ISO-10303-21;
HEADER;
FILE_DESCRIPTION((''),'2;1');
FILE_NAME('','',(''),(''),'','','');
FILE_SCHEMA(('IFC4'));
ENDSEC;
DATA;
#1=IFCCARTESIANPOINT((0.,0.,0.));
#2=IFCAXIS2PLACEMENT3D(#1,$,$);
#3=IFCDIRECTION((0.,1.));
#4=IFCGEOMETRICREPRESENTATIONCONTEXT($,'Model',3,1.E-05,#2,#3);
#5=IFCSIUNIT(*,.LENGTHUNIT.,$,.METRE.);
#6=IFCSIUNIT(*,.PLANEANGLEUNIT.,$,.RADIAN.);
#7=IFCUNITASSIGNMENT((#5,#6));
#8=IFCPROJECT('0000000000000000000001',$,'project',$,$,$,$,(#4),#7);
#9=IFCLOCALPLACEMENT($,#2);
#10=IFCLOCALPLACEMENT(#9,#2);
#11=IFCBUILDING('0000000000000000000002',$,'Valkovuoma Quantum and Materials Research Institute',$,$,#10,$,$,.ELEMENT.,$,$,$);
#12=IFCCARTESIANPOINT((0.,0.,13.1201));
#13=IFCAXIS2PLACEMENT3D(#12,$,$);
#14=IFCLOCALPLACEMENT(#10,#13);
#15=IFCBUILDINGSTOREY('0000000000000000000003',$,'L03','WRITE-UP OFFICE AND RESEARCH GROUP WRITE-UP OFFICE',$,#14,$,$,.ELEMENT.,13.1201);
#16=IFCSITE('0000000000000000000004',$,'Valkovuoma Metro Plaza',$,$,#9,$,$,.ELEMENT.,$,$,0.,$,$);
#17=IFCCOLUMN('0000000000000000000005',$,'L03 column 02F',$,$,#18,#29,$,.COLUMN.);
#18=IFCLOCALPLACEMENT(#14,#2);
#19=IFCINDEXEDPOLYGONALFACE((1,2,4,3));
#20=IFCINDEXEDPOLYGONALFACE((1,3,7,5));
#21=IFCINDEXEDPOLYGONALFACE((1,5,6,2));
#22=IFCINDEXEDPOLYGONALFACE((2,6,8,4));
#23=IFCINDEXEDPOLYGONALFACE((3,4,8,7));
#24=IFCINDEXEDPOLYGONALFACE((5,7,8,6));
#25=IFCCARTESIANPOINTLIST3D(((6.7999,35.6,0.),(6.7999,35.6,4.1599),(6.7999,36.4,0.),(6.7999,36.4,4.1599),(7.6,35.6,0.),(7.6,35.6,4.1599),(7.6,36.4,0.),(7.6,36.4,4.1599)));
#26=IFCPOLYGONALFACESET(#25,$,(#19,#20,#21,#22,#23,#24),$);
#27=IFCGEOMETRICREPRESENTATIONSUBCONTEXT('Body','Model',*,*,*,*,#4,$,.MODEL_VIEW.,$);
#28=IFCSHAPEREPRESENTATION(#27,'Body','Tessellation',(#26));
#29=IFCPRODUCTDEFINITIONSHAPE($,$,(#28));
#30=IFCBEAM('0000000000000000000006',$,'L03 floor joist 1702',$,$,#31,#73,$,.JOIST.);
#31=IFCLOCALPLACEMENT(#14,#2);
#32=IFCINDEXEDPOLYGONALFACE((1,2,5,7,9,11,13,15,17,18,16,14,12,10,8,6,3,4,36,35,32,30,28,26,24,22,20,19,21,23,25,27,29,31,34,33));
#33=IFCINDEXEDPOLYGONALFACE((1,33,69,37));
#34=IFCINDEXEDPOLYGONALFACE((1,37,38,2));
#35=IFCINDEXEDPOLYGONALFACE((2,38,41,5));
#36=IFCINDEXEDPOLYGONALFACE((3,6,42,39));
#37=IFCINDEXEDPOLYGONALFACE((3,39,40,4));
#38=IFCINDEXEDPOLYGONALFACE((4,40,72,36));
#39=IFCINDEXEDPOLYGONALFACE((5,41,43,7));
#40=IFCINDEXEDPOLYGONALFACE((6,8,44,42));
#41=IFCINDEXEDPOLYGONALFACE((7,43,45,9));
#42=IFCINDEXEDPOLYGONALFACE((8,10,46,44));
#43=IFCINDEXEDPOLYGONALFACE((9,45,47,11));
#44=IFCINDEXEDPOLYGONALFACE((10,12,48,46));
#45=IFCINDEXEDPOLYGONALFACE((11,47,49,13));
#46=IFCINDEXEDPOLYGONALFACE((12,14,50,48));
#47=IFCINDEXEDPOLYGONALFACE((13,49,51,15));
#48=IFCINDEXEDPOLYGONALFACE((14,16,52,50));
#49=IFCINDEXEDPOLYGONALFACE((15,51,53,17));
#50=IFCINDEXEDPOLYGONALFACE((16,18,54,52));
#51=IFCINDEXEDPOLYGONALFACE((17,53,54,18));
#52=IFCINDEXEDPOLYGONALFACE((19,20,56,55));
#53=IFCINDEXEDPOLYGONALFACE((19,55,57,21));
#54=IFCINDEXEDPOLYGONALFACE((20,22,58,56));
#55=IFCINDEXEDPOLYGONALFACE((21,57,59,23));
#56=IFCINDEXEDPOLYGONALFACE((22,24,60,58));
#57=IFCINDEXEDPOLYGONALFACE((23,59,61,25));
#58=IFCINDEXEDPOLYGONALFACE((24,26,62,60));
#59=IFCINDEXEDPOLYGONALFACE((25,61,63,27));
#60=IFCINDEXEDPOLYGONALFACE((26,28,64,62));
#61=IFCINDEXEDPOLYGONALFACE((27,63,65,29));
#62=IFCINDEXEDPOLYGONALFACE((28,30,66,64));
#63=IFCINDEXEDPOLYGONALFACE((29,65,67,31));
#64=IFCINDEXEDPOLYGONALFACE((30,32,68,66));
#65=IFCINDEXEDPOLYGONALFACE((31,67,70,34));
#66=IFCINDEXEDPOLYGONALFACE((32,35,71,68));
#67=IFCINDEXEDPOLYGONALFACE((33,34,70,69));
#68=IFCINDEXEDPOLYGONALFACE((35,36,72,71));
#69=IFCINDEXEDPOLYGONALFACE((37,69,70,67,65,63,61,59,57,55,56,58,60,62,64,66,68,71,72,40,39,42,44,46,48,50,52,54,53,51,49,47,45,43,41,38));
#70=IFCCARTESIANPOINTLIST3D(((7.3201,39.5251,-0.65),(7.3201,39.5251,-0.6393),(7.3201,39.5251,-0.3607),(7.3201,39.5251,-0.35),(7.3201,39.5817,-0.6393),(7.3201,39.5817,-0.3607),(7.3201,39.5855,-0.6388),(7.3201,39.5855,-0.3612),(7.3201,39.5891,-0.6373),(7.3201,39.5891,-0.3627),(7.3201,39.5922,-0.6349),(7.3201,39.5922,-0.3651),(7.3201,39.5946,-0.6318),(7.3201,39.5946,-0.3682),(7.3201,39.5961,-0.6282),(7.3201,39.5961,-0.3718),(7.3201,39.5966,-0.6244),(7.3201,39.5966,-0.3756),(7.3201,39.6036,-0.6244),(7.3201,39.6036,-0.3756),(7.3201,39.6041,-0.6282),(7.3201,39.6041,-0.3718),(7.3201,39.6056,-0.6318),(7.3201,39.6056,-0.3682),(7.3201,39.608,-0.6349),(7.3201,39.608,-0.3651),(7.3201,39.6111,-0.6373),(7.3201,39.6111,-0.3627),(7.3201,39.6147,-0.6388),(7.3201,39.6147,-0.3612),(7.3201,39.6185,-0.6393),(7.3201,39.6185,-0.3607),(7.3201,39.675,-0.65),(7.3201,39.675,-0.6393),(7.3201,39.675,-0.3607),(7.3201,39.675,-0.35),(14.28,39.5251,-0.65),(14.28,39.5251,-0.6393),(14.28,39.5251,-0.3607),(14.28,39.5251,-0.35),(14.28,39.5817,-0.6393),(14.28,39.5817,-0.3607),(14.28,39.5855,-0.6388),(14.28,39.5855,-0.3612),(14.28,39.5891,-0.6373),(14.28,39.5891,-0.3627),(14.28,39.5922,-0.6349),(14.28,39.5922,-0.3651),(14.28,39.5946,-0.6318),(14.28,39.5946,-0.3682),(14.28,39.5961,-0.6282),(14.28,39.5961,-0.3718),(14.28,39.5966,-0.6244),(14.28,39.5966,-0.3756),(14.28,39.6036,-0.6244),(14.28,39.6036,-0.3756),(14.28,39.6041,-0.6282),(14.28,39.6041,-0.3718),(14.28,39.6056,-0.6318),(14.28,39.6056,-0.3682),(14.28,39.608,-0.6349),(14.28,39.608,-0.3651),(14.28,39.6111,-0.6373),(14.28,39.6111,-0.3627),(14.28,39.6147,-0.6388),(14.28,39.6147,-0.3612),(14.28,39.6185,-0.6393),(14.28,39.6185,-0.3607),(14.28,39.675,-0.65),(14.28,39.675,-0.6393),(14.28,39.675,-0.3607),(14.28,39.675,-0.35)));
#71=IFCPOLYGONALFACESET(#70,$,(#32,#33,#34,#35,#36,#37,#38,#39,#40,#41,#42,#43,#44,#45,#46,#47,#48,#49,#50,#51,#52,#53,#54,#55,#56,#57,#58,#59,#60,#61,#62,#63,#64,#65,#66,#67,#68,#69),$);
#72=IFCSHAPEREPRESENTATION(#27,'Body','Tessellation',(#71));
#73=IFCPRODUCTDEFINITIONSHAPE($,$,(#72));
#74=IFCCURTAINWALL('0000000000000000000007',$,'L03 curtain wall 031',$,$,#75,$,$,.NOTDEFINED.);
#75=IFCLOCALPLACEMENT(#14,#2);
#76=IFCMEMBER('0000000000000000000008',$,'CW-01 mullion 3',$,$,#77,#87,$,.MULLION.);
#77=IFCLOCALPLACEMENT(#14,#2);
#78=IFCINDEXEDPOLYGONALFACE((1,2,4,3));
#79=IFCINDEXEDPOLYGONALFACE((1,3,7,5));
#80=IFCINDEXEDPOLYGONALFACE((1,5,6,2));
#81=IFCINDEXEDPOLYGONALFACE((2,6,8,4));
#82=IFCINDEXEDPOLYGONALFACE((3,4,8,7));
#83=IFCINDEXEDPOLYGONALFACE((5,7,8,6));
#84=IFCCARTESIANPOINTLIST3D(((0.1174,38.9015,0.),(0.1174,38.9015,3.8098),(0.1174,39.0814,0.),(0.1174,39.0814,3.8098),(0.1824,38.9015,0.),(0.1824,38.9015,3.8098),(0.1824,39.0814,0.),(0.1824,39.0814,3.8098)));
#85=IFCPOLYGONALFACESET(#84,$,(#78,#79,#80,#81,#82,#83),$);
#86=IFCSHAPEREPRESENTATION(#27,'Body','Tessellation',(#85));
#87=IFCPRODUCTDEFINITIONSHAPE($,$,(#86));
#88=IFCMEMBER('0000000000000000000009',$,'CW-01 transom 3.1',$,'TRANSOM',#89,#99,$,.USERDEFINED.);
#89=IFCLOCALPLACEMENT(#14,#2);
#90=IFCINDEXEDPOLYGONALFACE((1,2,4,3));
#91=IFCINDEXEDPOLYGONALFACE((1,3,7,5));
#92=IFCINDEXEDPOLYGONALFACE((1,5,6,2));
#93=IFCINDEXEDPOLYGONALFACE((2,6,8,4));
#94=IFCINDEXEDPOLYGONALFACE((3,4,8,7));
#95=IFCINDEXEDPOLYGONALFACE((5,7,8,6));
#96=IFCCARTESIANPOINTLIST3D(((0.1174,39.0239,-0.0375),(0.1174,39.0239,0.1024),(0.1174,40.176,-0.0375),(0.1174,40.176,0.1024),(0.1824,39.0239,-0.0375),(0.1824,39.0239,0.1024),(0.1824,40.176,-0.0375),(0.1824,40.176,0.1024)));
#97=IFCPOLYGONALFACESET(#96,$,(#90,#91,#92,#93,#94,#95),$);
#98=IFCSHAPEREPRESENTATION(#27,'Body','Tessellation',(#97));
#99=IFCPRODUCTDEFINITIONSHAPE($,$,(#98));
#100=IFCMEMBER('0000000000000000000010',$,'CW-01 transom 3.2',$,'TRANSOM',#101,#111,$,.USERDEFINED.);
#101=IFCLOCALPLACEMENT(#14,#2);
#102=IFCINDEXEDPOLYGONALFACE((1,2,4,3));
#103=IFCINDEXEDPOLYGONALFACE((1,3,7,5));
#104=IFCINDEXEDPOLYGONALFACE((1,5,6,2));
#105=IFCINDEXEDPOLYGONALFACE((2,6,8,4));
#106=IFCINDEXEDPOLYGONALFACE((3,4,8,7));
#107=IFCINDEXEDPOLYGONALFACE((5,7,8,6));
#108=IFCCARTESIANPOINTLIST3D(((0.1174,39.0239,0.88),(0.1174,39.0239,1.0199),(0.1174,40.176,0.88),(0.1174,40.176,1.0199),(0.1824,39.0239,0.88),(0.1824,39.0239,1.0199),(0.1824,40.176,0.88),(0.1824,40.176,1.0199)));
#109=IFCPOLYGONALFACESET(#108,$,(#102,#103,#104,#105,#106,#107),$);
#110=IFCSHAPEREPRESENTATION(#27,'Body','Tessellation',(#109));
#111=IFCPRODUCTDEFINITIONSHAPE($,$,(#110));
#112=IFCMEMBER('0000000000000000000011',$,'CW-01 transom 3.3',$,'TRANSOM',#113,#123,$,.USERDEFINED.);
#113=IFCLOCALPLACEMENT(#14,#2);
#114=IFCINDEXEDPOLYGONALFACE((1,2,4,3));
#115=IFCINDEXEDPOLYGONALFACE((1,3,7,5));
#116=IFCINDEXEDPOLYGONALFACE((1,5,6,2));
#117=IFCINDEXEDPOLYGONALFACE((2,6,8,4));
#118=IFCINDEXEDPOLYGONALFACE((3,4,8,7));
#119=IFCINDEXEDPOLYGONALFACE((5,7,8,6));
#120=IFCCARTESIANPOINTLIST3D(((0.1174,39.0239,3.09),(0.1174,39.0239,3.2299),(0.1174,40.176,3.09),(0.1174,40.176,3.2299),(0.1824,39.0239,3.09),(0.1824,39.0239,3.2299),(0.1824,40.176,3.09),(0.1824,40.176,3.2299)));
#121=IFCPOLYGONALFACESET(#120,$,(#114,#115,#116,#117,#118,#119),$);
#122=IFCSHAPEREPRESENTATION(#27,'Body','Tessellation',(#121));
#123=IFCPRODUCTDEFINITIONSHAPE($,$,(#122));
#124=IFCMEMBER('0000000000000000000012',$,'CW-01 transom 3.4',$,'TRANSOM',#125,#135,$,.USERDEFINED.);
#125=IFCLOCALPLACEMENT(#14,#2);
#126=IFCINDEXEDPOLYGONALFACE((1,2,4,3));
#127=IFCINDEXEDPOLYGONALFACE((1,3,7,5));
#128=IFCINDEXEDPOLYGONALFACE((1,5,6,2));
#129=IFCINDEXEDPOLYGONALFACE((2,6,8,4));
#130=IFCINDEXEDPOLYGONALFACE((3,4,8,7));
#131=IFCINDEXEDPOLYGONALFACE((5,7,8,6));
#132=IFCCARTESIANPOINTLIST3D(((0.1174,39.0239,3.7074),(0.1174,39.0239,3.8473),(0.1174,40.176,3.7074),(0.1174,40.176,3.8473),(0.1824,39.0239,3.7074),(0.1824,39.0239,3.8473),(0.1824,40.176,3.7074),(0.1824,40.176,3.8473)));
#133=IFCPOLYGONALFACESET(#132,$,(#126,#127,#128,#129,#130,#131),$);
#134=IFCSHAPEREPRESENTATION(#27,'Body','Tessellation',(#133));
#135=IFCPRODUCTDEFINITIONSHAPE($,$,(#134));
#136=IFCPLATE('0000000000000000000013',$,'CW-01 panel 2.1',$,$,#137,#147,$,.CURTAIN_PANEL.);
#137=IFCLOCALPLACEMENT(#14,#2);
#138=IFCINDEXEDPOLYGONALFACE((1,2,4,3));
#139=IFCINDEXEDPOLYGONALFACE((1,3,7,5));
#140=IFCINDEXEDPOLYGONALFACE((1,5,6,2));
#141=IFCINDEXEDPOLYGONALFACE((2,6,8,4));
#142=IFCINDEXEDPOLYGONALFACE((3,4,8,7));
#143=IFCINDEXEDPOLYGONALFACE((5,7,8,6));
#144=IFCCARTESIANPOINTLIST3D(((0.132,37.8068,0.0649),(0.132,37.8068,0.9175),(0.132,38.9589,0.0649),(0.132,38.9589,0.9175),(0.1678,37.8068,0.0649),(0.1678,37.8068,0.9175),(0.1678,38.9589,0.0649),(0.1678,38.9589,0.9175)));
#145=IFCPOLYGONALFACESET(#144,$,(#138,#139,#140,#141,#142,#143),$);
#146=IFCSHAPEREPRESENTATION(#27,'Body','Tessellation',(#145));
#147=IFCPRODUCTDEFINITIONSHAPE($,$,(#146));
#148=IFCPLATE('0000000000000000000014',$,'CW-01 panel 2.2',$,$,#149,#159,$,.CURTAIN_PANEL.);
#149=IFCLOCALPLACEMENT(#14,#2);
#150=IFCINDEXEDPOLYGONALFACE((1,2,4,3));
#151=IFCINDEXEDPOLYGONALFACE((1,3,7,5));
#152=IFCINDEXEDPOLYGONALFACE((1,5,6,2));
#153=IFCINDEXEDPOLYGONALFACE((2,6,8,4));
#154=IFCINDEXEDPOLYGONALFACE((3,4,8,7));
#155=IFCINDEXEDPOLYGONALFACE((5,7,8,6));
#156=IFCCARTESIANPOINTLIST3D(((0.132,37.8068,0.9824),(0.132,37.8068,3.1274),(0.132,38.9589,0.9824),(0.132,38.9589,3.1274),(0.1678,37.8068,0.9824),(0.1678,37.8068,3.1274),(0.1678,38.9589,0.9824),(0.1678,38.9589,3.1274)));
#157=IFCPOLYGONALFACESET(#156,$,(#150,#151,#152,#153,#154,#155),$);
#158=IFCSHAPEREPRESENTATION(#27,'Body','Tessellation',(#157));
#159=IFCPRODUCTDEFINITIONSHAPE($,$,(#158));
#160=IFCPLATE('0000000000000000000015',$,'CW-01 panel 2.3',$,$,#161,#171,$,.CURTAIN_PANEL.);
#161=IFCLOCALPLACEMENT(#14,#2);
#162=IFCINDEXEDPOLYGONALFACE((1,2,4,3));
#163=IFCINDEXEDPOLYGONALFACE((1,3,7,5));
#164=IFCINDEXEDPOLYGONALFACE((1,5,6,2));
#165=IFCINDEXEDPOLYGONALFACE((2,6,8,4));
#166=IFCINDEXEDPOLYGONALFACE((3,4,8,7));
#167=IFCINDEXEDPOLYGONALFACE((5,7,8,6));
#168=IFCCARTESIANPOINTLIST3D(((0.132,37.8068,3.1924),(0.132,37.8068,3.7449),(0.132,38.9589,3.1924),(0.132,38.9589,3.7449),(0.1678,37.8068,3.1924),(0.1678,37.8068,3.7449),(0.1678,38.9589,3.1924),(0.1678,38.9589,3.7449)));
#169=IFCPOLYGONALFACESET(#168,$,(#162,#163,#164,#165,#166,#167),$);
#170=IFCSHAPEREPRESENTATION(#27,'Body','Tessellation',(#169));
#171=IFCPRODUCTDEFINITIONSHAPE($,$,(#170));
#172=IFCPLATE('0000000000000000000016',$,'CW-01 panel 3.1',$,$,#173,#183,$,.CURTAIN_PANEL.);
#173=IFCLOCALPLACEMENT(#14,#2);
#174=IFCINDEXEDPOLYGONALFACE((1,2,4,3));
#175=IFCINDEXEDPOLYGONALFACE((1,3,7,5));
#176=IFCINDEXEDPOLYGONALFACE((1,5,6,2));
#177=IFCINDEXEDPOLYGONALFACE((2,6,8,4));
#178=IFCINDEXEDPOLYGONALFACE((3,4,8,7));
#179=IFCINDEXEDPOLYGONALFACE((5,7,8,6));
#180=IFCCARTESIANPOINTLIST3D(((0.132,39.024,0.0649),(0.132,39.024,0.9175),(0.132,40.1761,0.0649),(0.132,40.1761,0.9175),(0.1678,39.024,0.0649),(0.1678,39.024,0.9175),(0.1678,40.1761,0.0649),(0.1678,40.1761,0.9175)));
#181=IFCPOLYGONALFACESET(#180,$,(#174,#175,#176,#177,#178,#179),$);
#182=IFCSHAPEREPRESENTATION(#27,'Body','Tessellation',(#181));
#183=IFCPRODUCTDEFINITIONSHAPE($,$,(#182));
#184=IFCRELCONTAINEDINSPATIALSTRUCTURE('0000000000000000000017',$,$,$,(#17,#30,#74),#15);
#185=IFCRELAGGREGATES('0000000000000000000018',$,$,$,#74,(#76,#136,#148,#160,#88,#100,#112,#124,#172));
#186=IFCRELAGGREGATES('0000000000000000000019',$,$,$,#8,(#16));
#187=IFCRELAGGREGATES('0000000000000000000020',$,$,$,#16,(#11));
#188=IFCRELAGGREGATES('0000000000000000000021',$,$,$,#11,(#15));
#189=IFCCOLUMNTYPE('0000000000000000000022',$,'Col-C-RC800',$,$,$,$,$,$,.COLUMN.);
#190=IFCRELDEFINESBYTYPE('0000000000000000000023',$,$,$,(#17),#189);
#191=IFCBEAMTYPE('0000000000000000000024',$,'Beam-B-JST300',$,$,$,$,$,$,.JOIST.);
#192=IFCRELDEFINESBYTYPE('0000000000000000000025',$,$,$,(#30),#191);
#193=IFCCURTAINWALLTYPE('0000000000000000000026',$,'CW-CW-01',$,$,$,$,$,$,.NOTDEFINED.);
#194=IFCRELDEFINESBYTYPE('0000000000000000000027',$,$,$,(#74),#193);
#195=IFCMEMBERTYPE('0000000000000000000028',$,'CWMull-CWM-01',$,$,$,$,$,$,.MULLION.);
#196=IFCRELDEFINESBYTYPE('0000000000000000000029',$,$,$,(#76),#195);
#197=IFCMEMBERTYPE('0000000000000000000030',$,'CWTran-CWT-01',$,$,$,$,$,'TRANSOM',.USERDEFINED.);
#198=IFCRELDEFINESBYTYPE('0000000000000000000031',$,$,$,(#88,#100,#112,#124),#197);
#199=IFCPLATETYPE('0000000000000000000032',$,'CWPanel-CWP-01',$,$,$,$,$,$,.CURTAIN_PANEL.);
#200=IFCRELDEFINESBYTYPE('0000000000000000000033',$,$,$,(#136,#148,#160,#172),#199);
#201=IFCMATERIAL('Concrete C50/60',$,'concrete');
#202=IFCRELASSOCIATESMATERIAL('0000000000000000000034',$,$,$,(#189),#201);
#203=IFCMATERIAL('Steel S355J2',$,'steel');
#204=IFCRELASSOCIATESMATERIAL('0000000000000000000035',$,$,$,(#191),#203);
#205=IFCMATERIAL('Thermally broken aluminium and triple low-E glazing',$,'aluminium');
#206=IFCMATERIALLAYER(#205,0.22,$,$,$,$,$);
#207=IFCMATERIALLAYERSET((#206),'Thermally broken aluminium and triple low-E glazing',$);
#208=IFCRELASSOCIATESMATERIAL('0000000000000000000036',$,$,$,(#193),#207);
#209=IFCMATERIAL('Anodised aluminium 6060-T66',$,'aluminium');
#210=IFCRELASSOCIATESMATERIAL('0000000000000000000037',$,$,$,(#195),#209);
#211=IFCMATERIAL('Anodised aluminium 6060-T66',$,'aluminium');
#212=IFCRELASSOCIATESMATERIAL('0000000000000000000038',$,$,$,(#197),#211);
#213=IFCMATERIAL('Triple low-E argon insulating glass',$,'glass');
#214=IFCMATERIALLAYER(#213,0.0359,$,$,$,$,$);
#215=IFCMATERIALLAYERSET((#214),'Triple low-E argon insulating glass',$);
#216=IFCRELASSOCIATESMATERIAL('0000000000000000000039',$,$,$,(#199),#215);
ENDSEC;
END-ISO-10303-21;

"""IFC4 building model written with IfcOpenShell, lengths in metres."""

from ifc_helpers import new_model, si_unit, direction, frame, origin, origin_2d, place, context, subcontext, project, spatial, rectangle, i_section, extrude, material, layer, layer_set, material_profile, profile_set, type_object, element, aggregate, save


model = new_model("IFC4")

# Units and contexts
model_context = context("Model", 3, precision=1e-05, world=origin(), true_north=direction((0.0, 1.0)))
body_context = subcontext(model_context, "Body", "Model", "MODEL_VIEW")
ifc_project = project(units=[si_unit("LENGTHUNIT", "METRE"), si_unit("PLANEANGLEUNIT", "RADIAN")], contexts=[model_context])

# Site, building, storey
site_placement = place(None, origin())
site = spatial("IfcSite", under=ifc_project, at=site_placement, Name="Valkovuoma Metro Plaza", CompositionType="ELEMENT", RefElevation=0.0)
building_placement = place(site_placement, origin())
building = spatial("IfcBuilding", under=site, at=building_placement, Name="Valkovuoma Quantum and Materials Research Institute", CompositionType="ELEMENT")
storey_placement = place(building_placement, frame((0.0, 0.0, 13.1201)))
storey = spatial("IfcBuildingStorey", under=building, at=storey_placement, Name="L03", Description="WRITE-UP OFFICE AND RESEARCH GROUP WRITE-UP OFFICE", CompositionType="ELEMENT", Elevation=13.1201)

# Column
ifc_material_1 = material(Name="Concrete C50/60", Category="concrete")
ifc_material_profile_1 = material_profile(ifc_material_1, rectangle(XDim=0.8, YDim=0.8, at=origin_2d()), Name="Concrete C50/60")
ifc_profile_set_1 = profile_set([ifc_material_profile_1], Name="Concrete C50/60")
column_type = type_object("IfcColumnType", Name="Col-C-RC800", PredefinedType="COLUMN", material=ifc_profile_set_1)
column_placement = place(storey_placement, frame((7.2, 36.0, 0.0), z_axis=(0.0, 0.0, 1.0), x_axis=(1.0, 0.0, 0.0)))
element("IfcColumn", 1, at=column_placement, inside=storey, type_object=column_type, Name="L03 column 02F", PredefinedType="COLUMN", context=body_context, shape_type="SweptSolid", body=[
    extrude(rectangle(XDim=0.8, YDim=0.8, at=origin_2d()), origin(), (0.0, 0.0, 1.0), 4.1599),
])

# Beam
ifc_material_2 = material(Name="Steel S355J2", Category="steel")
ifc_material_profile_2 = material_profile(ifc_material_2, i_section(OverallWidth=0.1499, OverallDepth=0.3, WebThickness=0.0071, FlangeThickness=0.0107, FilletRadius=0.0149, at=origin_2d()), Name="Steel S355J2")
ifc_profile_set_2 = profile_set([ifc_material_profile_2], Name="Steel S355J2")
beam_type = type_object("IfcBeamType", Name="Beam-B-JST300", PredefinedType="JOIST", material=ifc_profile_set_2)
beam_placement = place(storey_placement, frame((7.3201, 39.6001, -0.5), z_axis=(1.0, 0.0, 0.0), x_axis=(0.0, 1.0, 0.0)))
element("IfcBeam", 2, at=beam_placement, inside=storey, type_object=beam_type, Name="L03 floor joist 1702", PredefinedType="JOIST", context=body_context, shape_type="SweptSolid", body=[
    extrude(i_section(OverallWidth=0.1499, OverallDepth=0.3, WebThickness=0.0071, FlangeThickness=0.0107, FilletRadius=0.0149, at=origin_2d()), origin(), (0.0, 0.0, 1.0), 6.96),
])

# Curtain wall, members, plates
ifc_material_3 = material(Name="Thermally broken aluminium and triple low-E glazing", Category="aluminium")
ifc_layer_1 = layer(ifc_material_3, 0.22)
ifc_layer_set_1 = layer_set([ifc_layer_1], Name="Thermally broken aluminium and triple low-E glazing")
curtain_wall_type = type_object("IfcCurtainWallType", Name="CW-CW-01", PredefinedType="NOTDEFINED", material=ifc_layer_set_1)
curtain_wall_placement = place(storey_placement, origin())
curtain_wall = element("IfcCurtainWall", 3, at=curtain_wall_placement, inside=storey, type_object=curtain_wall_type, Name="L03 curtain wall 031", PredefinedType="NOTDEFINED")
ifc_material_4 = material(Name="Anodised aluminium 6060-T66", Category="aluminium")
ifc_material_profile_3 = material_profile(ifc_material_4, rectangle(XDim=0.0649, YDim=0.1799, at=origin_2d()), Name="Anodised aluminium 6060-T66")
ifc_profile_set_3 = profile_set([ifc_material_profile_3], Name="Anodised aluminium 6060-T66")
member_type_1 = type_object("IfcMemberType", Name="CWMull-CWM-01", PredefinedType="MULLION", material=ifc_profile_set_3)
member_1_placement = place(storey_placement, frame((0.1499, 38.9915, 0.0), z_axis=(0.0, 0.0, 1.0), x_axis=(-1.0, 0.0, 0.0)))
member_1 = element("IfcMember", 4, at=member_1_placement, type_object=member_type_1, Name="CW-01 mullion 3", PredefinedType="MULLION", context=body_context, shape_type="SweptSolid", body=[
    extrude(rectangle(XDim=0.0649, YDim=0.1799, at=origin_2d()), origin(), (0.0, 0.0, 1.0), 3.8098),
])
ifc_material_5 = material(Name="Anodised aluminium 6060-T66", Category="aluminium")
ifc_material_profile_4 = material_profile(ifc_material_5, rectangle(XDim=0.0649, YDim=0.1399, at=origin_2d()), Name="Anodised aluminium 6060-T66")
ifc_profile_set_4 = profile_set([ifc_material_profile_4], Name="Anodised aluminium 6060-T66")
member_type_2 = type_object("IfcMemberType", Name="CWTran-CWT-01", ElementType="TRANSOM", PredefinedType="USERDEFINED", material=ifc_profile_set_4)
member_2_placement = place(storey_placement, frame((0.1499, 39.0239, 0.0325), z_axis=(0.0, 1.0, 0.0), x_axis=(-1.0, 0.0, 0.0)))
member_2 = element("IfcMember", 5, at=member_2_placement, type_object=member_type_2, Name="CW-01 transom 3.1", ObjectType="TRANSOM", PredefinedType="USERDEFINED", context=body_context, shape_type="SweptSolid", body=[
    extrude(rectangle(XDim=0.0649, YDim=0.1399, at=origin_2d()), origin(), (0.0, 0.0, 1.0), 1.1521),
])
member_3_placement = place(storey_placement, frame((0.1499, 39.0239, 0.95), z_axis=(0.0, 1.0, 0.0), x_axis=(-1.0, 0.0, 0.0)))
member_3 = element("IfcMember", 6, at=member_3_placement, type_object=member_type_2, Name="CW-01 transom 3.2", ObjectType="TRANSOM", PredefinedType="USERDEFINED", context=body_context, shape_type="SweptSolid", body=[
    extrude(rectangle(XDim=0.0649, YDim=0.1399, at=origin_2d()), origin(), (0.0, 0.0, 1.0), 1.1521),
])
member_4_placement = place(storey_placement, frame((0.1499, 39.0239, 3.1599), z_axis=(0.0, 1.0, 0.0), x_axis=(-1.0, 0.0, 0.0)))
member_4 = element("IfcMember", 7, at=member_4_placement, type_object=member_type_2, Name="CW-01 transom 3.3", ObjectType="TRANSOM", PredefinedType="USERDEFINED", context=body_context, shape_type="SweptSolid", body=[
    extrude(rectangle(XDim=0.0649, YDim=0.1399, at=origin_2d()), origin(), (0.0, 0.0, 1.0), 1.1521),
])
member_5_placement = place(storey_placement, frame((0.1499, 39.0239, 3.7773), z_axis=(0.0, 1.0, 0.0), x_axis=(-1.0, 0.0, 0.0)))
member_5 = element("IfcMember", 8, at=member_5_placement, type_object=member_type_2, Name="CW-01 transom 3.4", ObjectType="TRANSOM", PredefinedType="USERDEFINED", context=body_context, shape_type="SweptSolid", body=[
    extrude(rectangle(XDim=0.0649, YDim=0.1399, at=origin_2d()), origin(), (0.0, 0.0, 1.0), 1.1521),
])
ifc_material_6 = material(Name="Triple low-E argon insulating glass", Category="glass")
ifc_layer_2 = layer(ifc_material_6, 0.0359)
ifc_layer_set_2 = layer_set([ifc_layer_2], Name="Triple low-E argon insulating glass")
plate_type = type_object("IfcPlateType", Name="CWPanel-CWP-01", PredefinedType="CURTAIN_PANEL", material=ifc_layer_set_2)
plate_1_placement = place(storey_placement, frame((0.1499, 38.3828, 0.0649), z_axis=(0.0, 0.0, 1.0), x_axis=(0.0, 1.0, 0.0)))
plate_1 = element("IfcPlate", 9, at=plate_1_placement, type_object=plate_type, Name="CW-01 panel 2.1", PredefinedType="CURTAIN_PANEL", context=body_context, shape_type="SweptSolid", body=[
    extrude(rectangle(XDim=1.1521, YDim=0.0359, at=origin_2d()), origin(), (0.0, 0.0, 1.0), 0.8525),
])
plate_2_placement = place(storey_placement, frame((0.1499, 38.3828, 0.9824), z_axis=(0.0, 0.0, 1.0), x_axis=(0.0, 1.0, 0.0)))
plate_2 = element("IfcPlate", 10, at=plate_2_placement, type_object=plate_type, Name="CW-01 panel 2.2", PredefinedType="CURTAIN_PANEL", context=body_context, shape_type="SweptSolid", body=[
    extrude(rectangle(XDim=1.1521, YDim=0.0359, at=origin_2d()), origin(), (0.0, 0.0, 1.0), 2.145),
])
plate_3_placement = place(storey_placement, frame((0.1499, 38.3828, 3.1924), z_axis=(0.0, 0.0, 1.0), x_axis=(0.0, 1.0, 0.0)))
plate_3 = element("IfcPlate", 11, at=plate_3_placement, type_object=plate_type, Name="CW-01 panel 2.3", PredefinedType="CURTAIN_PANEL", context=body_context, shape_type="SweptSolid", body=[
    extrude(rectangle(XDim=1.1521, YDim=0.0359, at=origin_2d()), origin(), (0.0, 0.0, 1.0), 0.5525),
])
plate_4_placement = place(storey_placement, frame((0.1499, 39.6001, 0.0649), z_axis=(0.0, 0.0, 1.0), x_axis=(0.0, 1.0, 0.0)))
plate_4 = element("IfcPlate", 12, at=plate_4_placement, type_object=plate_type, Name="CW-01 panel 3.1", PredefinedType="CURTAIN_PANEL", context=body_context, shape_type="SweptSolid", body=[
    extrude(rectangle(XDim=1.1521, YDim=0.0359, at=origin_2d()), origin(), (0.0, 0.0, 1.0), 0.8525),
])
aggregate(curtain_wall, [member_1, plate_1, plate_2, plate_3, member_2, member_3, member_4, member_5, plate_4])

save(model, "model.ifc")
